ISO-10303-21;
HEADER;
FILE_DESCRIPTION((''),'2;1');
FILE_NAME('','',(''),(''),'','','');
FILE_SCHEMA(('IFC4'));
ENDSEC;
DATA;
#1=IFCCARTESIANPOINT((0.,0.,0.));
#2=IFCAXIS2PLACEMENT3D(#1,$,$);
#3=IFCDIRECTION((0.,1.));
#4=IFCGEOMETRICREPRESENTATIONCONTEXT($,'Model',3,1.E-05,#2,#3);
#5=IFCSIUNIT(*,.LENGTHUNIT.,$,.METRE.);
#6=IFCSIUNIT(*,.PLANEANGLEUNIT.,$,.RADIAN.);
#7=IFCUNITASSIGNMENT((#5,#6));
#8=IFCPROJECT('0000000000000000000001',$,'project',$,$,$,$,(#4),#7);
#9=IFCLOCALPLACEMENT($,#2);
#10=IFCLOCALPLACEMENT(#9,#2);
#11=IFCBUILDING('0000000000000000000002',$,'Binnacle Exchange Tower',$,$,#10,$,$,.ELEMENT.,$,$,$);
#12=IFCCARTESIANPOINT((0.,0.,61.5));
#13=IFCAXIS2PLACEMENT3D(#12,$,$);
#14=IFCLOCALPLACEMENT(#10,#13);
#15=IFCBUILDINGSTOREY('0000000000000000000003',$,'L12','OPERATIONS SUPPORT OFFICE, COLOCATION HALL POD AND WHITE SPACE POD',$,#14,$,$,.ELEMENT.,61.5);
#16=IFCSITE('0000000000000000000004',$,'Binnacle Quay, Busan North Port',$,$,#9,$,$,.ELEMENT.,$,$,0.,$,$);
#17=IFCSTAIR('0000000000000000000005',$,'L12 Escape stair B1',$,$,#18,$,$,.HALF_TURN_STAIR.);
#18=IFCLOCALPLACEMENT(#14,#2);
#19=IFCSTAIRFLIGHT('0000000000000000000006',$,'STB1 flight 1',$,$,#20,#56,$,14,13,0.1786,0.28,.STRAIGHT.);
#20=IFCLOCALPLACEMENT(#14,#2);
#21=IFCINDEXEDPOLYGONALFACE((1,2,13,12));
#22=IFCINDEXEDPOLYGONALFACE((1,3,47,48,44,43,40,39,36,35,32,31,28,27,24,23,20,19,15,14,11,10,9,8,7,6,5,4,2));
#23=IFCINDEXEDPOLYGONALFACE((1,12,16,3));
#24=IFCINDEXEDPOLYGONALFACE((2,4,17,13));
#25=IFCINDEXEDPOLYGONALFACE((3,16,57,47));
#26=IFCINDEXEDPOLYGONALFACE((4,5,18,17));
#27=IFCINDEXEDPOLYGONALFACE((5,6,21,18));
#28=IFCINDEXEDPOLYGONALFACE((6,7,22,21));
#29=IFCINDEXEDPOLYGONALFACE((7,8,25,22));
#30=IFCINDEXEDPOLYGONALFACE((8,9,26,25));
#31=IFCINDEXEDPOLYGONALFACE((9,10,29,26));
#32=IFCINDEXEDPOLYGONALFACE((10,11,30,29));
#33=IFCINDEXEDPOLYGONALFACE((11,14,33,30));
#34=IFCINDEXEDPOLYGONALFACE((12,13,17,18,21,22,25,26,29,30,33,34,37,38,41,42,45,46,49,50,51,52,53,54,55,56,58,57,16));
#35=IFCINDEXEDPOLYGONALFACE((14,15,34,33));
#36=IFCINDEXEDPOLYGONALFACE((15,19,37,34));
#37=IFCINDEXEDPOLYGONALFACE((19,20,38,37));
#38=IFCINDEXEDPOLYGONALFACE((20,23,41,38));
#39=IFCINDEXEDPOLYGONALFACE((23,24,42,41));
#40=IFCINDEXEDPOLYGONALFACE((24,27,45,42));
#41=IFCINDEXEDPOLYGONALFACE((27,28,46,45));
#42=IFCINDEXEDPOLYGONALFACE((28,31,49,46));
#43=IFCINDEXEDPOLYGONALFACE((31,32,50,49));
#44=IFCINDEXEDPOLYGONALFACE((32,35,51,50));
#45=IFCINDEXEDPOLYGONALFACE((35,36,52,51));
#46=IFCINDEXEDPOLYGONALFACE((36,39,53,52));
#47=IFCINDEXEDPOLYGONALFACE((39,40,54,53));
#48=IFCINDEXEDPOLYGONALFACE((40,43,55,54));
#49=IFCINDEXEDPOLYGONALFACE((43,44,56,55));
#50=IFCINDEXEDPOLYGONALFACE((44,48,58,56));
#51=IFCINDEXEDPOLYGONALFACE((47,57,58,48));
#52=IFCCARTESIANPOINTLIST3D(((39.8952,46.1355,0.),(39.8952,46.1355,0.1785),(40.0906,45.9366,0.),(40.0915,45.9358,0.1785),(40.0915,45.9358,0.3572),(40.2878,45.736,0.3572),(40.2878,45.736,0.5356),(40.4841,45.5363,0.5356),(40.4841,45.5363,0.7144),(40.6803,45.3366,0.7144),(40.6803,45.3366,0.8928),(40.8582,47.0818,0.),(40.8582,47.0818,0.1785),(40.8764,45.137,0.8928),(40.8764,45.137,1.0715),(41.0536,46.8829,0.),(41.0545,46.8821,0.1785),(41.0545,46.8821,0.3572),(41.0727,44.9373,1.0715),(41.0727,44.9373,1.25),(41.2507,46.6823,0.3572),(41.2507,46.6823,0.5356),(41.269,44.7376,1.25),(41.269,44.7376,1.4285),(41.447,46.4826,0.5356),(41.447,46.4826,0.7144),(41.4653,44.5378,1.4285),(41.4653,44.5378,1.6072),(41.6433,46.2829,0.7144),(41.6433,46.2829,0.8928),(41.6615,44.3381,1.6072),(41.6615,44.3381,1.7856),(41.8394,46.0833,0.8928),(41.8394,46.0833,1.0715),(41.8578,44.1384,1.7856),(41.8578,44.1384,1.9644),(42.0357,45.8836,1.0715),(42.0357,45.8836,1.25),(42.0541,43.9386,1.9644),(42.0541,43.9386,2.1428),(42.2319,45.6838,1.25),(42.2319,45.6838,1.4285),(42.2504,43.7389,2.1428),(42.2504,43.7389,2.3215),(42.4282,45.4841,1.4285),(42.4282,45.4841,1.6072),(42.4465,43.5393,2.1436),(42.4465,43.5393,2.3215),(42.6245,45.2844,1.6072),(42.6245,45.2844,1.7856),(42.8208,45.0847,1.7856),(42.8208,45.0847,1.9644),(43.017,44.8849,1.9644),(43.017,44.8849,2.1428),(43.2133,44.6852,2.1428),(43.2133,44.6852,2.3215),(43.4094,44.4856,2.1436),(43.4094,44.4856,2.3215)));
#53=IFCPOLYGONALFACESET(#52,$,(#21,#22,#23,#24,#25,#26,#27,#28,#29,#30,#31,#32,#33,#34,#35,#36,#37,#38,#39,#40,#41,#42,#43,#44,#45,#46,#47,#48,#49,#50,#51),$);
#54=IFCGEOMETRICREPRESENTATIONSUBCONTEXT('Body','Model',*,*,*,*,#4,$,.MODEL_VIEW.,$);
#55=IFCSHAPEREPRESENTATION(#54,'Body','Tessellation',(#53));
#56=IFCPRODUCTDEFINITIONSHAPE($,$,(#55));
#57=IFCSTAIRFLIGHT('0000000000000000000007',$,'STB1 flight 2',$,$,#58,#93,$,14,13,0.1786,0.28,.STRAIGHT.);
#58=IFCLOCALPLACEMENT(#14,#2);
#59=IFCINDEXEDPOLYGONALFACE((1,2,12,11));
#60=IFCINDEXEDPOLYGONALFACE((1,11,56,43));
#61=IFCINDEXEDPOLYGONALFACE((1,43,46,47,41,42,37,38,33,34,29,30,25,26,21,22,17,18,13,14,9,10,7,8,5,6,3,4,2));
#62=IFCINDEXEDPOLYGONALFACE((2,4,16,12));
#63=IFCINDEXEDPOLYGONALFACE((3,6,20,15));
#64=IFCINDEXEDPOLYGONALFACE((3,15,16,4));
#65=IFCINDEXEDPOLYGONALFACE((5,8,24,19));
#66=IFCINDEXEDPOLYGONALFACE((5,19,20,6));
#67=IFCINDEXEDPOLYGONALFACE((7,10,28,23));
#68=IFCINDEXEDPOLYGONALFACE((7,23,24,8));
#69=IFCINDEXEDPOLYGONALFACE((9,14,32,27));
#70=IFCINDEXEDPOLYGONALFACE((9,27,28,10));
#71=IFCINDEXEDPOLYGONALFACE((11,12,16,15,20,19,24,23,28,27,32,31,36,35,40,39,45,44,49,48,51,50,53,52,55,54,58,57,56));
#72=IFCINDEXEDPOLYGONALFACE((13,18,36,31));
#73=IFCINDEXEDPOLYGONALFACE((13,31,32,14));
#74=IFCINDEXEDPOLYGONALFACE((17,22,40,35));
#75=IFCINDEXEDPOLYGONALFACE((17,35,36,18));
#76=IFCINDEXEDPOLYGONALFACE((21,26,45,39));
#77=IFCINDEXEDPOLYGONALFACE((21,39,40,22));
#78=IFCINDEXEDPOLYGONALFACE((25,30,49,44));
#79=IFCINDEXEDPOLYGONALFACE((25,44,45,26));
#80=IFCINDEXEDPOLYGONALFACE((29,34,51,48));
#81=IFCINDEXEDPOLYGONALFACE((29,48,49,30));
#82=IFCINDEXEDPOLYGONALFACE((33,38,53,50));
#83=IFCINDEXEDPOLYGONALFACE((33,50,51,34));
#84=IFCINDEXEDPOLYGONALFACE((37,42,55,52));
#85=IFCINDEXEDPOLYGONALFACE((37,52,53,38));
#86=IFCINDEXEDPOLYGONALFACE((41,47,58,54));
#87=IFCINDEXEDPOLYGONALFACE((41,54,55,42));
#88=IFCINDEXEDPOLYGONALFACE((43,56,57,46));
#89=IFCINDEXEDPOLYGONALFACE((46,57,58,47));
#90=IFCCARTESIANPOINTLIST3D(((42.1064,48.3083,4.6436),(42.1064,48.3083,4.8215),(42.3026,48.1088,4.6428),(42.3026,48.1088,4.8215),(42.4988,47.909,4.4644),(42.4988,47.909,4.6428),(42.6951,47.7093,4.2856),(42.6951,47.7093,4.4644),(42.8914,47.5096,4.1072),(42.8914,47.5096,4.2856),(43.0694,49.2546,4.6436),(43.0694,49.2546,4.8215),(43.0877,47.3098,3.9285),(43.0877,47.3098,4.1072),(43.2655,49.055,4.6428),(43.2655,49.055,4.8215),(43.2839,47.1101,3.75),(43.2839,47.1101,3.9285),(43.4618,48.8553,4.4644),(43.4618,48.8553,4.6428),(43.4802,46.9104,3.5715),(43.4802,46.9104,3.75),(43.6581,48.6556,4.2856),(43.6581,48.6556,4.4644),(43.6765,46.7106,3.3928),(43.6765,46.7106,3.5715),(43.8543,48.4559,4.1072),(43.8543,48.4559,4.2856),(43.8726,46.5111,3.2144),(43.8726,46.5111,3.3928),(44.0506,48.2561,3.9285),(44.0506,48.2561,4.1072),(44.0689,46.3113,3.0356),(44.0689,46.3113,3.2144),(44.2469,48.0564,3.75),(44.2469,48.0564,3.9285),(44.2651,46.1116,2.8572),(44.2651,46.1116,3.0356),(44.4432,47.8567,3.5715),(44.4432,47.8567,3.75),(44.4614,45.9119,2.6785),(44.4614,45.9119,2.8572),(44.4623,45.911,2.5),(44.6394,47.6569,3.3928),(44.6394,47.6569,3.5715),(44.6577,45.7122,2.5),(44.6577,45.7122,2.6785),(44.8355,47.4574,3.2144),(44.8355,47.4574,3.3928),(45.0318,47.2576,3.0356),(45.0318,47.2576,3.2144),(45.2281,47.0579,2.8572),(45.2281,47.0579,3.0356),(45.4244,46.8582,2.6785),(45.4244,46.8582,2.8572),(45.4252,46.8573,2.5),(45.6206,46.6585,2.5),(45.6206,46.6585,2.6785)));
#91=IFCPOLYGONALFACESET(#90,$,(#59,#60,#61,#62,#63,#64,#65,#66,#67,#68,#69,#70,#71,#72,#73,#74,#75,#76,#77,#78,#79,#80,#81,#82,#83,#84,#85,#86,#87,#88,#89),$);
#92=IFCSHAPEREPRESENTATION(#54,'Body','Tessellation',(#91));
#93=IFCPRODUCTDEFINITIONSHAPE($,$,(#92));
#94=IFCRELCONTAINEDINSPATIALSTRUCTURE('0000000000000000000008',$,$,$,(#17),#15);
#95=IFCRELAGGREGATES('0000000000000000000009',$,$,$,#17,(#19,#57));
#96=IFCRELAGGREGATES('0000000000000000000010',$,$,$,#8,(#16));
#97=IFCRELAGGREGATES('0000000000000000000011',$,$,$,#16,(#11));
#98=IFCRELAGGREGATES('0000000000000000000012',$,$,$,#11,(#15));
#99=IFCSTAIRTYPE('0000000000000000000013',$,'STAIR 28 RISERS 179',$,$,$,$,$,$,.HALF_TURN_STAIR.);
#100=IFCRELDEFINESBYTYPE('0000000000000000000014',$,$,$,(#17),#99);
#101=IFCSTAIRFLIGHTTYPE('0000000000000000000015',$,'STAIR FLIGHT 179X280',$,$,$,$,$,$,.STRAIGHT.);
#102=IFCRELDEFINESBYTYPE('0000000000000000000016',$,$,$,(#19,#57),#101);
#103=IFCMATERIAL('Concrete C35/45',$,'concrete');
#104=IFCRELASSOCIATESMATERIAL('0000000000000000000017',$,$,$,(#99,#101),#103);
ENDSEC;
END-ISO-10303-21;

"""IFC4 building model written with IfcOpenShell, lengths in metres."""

from ifc_helpers import new_model, si_unit, direction, frame, origin, place, context, subcontext, project, spatial, polyline, outline, extrude, material, type_object, element, aggregate, save


model = new_model("IFC4")

# Units and contexts
model_context = context("Model", 3, precision=1e-05, world=origin(), true_north=direction((0.0, 1.0)))
body_context = subcontext(model_context, "Body", "Model", "MODEL_VIEW")
ifc_project = project(units=[si_unit("LENGTHUNIT", "METRE"), si_unit("PLANEANGLEUNIT", "RADIAN")], contexts=[model_context])

# Site, building, storey
site_placement = place(None, origin())
site = spatial("IfcSite", under=ifc_project, at=site_placement, Name="Binnacle Quay, Busan North Port", CompositionType="ELEMENT", RefElevation=0.0)
building_placement = place(site_placement, origin())
building = spatial("IfcBuilding", under=site, at=building_placement, Name="Binnacle Exchange Tower", CompositionType="ELEMENT")
storey_placement = place(building_placement, frame((0.0, 0.0, 61.5)))
storey = spatial("IfcBuildingStorey", under=building, at=storey_placement, Name="L12", Description="OPERATIONS SUPPORT OFFICE, COLOCATION HALL POD AND WHITE SPACE POD", CompositionType="ELEMENT", Elevation=61.5)

# Stair, stair flights
ifc_material_1 = material(Name="Concrete C35/45", Category="concrete")
stair_type = type_object("IfcStairType", Name="STAIR 28 RISERS 179", PredefinedType="HALF_TURN_STAIR", material=ifc_material_1)
stair_placement = place(storey_placement, origin())
stair = element("IfcStair", 1, at=stair_placement, inside=storey, type_object=stair_type, Name="L12 Escape stair B1", PredefinedType="HALF_TURN_STAIR")
stair_flight_type = type_object("IfcStairFlightType", Name="STAIR FLIGHT 179X280", PredefinedType="STRAIGHT", material=ifc_material_1)
stair_flight_1_placement = place(storey_placement, frame((40.3767, 46.6086, 0.0), z_axis=(0.0, 0.0, 1.0), x_axis=(0.700909, -0.71325, 0.0)))
stair_flight_1 = element("IfcStairFlight", 2, at=stair_flight_1_placement, type_object=stair_flight_type, Name="STB1 flight 1", NumberOfRisers=14, NumberOfTreads=13, PredefinedType="STRAIGHT", RiserHeight=0.1786, TreadLength=0.28, context=body_context, shape_type="SweptSolid", body=[
    extrude(outline(polyline([(0.0, 0.0), (0.0, 0.1785), (0.28, 0.1785), (0.28, 0.3572), (0.5601, 0.3572), (0.5601, 0.5356), (0.8401, 0.5356), (0.8401, 0.7144), (1.1201, 0.7144), (1.1201, 0.8928), (1.3999, 0.8928), (1.3999, 1.0715), (1.6799, 1.0715), (1.6799, 1.25), (1.96, 1.25), (1.96, 1.4285), (2.24, 1.4285), (2.24, 1.6072), (2.52, 1.6072), (2.52, 1.7856), (2.8, 1.7856), (2.8, 1.9644), (3.0801, 1.9644), (3.0801, 2.1428), (3.3601, 2.1428), (3.3601, 2.3215), (3.6399, 2.3215), (3.6399, 2.5), (3.6399, 2.1436), (0.2788, 0.0), (0.0, 0.0)])), frame((0.0, 0.675, 0.0), z_axis=(0.0, -1.0, 0.0), x_axis=(1.0, 0.0, 0.0)), (0.0, 0.0, 1.0), 1.3501),
])
stair_flight_2_placement = place(storey_placement, frame((45.1392, 46.1853, 2.5), z_axis=(0.0, 0.0, 1.0), x_axis=(-0.700909, 0.71325, 0.0)))
stair_flight_2 = element("IfcStairFlight", 3, at=stair_flight_2_placement, type_object=stair_flight_type, Name="STB1 flight 2", NumberOfRisers=14, NumberOfTreads=13, PredefinedType="STRAIGHT", RiserHeight=0.1786, TreadLength=0.28, context=body_context, shape_type="SweptSolid", body=[
    extrude(outline(polyline([(0.0, 0.0), (0.0, 0.1785), (0.28, 0.1785), (0.28, 0.3572), (0.5601, 0.3572), (0.5601, 0.5356), (0.8401, 0.5356), (0.8401, 0.7144), (1.1201, 0.7144), (1.1201, 0.8928), (1.3999, 0.8928), (1.3999, 1.0715), (1.6799, 1.0715), (1.6799, 1.25), (1.96, 1.25), (1.96, 1.4285), (2.24, 1.4285), (2.24, 1.6072), (2.52, 1.6072), (2.52, 1.7856), (2.8, 1.7856), (2.8, 1.9644), (3.0801, 1.9644), (3.0801, 2.1428), (3.3601, 2.1428), (3.3601, 2.3215), (3.6399, 2.3215), (3.6399, 2.5), (3.6399, 2.1436), (0.2788, 0.0), (0.0, 0.0)])), frame((0.0, 0.675, 0.0), z_axis=(0.0, -1.0, 0.0), x_axis=(1.0, 0.0, 0.0)), (0.0, 0.0, 1.0), 1.3501),
])
aggregate(stair, [stair_flight_1, stair_flight_2])

save(model, "model.ifc")
